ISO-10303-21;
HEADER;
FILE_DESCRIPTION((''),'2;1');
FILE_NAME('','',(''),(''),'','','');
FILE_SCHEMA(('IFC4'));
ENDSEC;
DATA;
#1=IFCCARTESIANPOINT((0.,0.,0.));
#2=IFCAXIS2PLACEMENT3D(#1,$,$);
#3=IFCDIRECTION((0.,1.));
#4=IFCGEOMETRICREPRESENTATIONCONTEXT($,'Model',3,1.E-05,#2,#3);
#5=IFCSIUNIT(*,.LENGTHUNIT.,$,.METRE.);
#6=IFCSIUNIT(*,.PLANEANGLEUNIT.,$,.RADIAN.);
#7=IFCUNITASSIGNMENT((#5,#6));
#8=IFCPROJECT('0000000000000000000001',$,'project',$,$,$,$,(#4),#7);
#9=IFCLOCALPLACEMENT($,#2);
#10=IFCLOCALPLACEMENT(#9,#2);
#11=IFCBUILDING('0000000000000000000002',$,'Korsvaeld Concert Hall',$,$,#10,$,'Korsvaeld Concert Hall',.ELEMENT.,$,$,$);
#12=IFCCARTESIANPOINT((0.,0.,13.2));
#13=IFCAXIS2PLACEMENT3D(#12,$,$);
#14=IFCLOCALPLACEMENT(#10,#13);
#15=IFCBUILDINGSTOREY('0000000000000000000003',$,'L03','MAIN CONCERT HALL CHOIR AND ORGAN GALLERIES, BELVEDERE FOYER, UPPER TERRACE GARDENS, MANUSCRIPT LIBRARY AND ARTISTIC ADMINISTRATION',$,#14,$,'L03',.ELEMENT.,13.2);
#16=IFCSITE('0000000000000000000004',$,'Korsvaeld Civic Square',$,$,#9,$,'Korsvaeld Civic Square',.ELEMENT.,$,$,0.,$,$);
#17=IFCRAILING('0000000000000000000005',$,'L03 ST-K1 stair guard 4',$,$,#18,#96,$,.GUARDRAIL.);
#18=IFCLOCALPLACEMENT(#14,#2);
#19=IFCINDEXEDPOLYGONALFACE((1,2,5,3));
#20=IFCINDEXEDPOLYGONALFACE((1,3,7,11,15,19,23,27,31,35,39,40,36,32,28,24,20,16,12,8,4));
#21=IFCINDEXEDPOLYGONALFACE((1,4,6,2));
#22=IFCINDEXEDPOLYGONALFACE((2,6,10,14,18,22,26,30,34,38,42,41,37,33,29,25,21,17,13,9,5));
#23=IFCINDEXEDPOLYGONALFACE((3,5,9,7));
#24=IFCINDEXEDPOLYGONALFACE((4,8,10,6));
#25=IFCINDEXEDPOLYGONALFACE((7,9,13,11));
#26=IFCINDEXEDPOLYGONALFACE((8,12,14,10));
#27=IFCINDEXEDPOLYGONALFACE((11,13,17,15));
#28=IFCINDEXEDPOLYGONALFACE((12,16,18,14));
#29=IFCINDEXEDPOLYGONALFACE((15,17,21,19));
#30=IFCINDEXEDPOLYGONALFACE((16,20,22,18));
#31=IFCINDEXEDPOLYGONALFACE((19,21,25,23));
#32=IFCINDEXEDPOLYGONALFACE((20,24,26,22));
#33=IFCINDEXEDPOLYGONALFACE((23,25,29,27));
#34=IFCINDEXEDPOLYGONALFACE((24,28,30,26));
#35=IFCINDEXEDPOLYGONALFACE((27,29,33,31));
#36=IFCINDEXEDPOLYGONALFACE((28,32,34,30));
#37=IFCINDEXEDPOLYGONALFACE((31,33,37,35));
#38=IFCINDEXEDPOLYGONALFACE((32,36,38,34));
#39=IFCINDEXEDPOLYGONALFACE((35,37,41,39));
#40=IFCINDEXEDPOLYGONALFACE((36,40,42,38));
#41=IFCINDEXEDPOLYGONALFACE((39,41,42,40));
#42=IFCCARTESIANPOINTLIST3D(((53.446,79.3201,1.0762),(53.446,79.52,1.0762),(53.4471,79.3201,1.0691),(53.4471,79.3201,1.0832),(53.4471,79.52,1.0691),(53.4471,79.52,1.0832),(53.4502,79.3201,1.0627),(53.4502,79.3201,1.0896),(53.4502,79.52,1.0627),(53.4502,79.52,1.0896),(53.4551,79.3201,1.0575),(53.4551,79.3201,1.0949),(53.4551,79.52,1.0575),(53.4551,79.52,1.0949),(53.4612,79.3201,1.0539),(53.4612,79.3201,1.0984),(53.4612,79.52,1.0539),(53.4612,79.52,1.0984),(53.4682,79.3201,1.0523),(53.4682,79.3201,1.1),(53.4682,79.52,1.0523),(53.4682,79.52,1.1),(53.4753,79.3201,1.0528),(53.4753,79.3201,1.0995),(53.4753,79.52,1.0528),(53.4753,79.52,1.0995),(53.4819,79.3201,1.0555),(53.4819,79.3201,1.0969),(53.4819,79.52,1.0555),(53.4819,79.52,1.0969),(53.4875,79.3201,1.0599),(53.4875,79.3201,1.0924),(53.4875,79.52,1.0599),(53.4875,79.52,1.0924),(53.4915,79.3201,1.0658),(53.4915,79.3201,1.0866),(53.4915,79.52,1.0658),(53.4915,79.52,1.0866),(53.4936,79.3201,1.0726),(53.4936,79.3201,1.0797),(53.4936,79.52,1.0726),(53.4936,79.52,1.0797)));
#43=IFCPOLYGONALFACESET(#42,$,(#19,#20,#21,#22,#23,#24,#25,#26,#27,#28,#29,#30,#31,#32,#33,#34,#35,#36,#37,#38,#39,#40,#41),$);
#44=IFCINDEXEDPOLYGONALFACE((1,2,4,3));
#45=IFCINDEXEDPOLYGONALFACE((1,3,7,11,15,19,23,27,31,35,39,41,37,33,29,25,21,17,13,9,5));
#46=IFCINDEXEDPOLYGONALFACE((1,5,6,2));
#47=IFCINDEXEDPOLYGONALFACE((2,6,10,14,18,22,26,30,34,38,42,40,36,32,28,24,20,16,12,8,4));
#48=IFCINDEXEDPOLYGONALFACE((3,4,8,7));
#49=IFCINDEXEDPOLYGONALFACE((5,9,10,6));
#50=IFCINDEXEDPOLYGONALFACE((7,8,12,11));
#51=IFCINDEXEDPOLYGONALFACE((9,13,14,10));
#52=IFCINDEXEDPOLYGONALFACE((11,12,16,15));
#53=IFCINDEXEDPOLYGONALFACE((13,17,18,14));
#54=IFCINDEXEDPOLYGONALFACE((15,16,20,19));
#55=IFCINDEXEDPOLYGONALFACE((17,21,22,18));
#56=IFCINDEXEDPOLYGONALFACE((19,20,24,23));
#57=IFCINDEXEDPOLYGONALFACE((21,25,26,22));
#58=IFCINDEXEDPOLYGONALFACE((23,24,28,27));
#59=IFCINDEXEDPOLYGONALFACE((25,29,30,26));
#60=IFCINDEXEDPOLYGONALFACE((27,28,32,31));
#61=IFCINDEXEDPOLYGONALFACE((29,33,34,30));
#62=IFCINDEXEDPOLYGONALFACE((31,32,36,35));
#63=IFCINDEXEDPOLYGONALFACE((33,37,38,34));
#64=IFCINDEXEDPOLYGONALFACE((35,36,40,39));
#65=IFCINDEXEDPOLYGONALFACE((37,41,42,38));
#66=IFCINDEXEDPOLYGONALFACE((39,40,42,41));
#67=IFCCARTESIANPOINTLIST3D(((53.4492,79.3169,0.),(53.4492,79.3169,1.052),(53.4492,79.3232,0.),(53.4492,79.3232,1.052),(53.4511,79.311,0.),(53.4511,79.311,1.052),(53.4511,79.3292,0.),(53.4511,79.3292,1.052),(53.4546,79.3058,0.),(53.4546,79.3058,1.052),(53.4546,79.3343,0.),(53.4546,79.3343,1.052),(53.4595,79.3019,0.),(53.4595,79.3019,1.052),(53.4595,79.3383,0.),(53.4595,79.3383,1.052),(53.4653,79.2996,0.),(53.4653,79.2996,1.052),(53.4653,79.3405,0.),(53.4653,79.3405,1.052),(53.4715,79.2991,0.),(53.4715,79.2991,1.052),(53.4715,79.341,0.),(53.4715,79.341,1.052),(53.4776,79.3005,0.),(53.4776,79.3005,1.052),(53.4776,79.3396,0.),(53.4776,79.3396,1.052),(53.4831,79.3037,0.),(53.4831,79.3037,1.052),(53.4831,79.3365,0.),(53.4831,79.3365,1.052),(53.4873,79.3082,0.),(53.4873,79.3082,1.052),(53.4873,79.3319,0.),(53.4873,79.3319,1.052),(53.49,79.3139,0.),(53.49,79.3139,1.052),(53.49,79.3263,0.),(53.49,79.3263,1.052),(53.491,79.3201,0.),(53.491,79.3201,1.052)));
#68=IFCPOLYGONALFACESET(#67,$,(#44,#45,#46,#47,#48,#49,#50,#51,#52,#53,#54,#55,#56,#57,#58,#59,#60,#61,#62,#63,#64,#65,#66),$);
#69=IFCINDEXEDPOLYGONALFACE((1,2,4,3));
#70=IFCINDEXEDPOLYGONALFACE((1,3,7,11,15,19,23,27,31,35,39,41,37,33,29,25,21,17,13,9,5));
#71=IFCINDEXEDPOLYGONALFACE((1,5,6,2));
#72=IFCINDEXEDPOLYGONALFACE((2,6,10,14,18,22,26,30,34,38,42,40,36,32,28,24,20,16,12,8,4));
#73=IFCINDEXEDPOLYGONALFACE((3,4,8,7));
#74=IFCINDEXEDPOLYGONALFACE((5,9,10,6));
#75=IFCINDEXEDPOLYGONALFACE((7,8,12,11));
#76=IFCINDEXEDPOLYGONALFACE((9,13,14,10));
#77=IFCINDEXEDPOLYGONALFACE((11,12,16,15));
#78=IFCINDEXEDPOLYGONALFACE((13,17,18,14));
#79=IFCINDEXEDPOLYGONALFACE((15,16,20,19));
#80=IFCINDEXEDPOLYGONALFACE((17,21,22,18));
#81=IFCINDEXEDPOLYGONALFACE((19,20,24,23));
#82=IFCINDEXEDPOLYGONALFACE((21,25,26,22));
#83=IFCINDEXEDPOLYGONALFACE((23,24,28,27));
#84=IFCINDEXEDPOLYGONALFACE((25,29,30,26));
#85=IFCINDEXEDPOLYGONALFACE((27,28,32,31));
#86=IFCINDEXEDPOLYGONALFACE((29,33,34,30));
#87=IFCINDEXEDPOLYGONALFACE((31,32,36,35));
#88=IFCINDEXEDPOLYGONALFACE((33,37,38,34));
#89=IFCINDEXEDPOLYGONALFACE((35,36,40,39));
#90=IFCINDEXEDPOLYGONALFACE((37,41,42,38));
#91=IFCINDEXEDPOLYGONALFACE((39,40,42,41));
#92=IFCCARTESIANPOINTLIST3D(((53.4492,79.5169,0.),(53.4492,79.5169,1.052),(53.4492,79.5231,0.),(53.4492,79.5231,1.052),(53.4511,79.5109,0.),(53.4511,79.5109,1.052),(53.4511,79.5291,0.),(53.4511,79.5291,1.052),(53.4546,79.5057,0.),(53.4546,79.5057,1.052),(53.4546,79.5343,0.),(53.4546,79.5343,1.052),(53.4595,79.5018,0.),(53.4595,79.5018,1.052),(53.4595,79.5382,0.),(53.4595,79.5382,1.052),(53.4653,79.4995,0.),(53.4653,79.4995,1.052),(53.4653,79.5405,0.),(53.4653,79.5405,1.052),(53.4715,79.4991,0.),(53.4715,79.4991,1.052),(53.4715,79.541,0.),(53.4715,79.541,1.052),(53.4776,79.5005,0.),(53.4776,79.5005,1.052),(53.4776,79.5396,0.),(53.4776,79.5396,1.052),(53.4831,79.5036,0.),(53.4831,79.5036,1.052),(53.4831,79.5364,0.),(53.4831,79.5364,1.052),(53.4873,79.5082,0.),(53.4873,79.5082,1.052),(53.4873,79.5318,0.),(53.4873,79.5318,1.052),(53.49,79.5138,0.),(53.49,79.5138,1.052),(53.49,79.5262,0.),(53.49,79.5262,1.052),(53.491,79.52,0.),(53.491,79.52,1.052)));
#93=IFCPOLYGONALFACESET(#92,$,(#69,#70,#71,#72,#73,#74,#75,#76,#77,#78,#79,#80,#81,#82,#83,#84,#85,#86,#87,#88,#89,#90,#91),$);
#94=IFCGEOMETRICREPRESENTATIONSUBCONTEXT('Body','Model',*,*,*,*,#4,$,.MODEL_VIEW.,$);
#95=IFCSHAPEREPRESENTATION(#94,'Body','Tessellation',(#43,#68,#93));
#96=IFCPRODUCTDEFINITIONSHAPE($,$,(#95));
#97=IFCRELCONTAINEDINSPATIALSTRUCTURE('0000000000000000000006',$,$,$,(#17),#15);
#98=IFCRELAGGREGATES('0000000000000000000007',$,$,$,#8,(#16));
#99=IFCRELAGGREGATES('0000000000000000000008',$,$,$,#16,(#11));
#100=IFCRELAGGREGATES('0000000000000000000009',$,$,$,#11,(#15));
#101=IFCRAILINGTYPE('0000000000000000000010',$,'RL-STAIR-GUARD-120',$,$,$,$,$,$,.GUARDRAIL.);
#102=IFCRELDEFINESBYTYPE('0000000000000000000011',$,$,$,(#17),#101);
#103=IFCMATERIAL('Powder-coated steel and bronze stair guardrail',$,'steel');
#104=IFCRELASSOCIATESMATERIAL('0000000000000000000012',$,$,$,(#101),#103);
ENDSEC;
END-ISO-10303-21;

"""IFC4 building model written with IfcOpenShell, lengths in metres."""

from ifc_helpers import new_model, si_unit, direction, frame, origin, origin_2d, place, context, subcontext, project, spatial, circle, extrude, material, type_object, element, save


model = new_model("IFC4")

# Units and contexts
model_context = context("Model", 3, precision=1e-05, world=origin(), true_north=direction((0.0, 1.0)))
body_context = subcontext(model_context, "Body", "Model", "MODEL_VIEW")
ifc_project = project(units=[si_unit("LENGTHUNIT", "METRE"), si_unit("PLANEANGLEUNIT", "RADIAN")], contexts=[model_context])

# Site, building, storey
site_placement = place(None, origin())
site = spatial("IfcSite", under=ifc_project, at=site_placement, Name="Korsvaeld Civic Square", LongName="Korsvaeld Civic Square", CompositionType="ELEMENT", RefElevation=0.0)
building_placement = place(site_placement, origin())
building = spatial("IfcBuilding", under=site, at=building_placement, Name="Korsvaeld Concert Hall", LongName="Korsvaeld Concert Hall", CompositionType="ELEMENT")
storey_placement = place(building_placement, frame((0.0, 0.0, 13.2)))
storey = spatial("IfcBuildingStorey", under=building, at=storey_placement, Name="L03", Description="MAIN CONCERT HALL CHOIR AND ORGAN GALLERIES, BELVEDERE FOYER, UPPER TERRACE GARDENS, MANUSCRIPT LIBRARY AND ARTISTIC ADMINISTRATION", LongName="L03", CompositionType="ELEMENT", Elevation=13.2)

# Railing
ifc_material_1 = material(Name="Powder-coated steel and bronze stair guardrail", Category="steel")
railing_type_1 = type_object("IfcRailingType", Name="RL-STAIR-GUARD-120", PredefinedType="GUARDRAIL", material=ifc_material_1)
railing_1_placement = place(storey_placement, frame((53.47, 79.3201, 0.0)))
element("IfcRailing", 1, at=railing_1_placement, inside=storey, type_object=railing_type_1, Name="L03 ST-K1 stair guard 4", PredefinedType="GUARDRAIL", context=body_context, shape_type="SweptSolid", body=[
    extrude(circle(Radius=0.0239, at=origin_2d()), frame((0.0, 0.0, 1.0762), z_axis=(0.0, 1.0, 0.0), x_axis=(-1.0, 0.0, 0.0)), (0.0, 0.0, 1.0), 0.2),
    extrude(circle(Radius=0.021, at=origin_2d()), origin(), (0.0, 0.0, 1.0), 1.052),
    extrude(circle(Radius=0.021, at=origin_2d()), frame((0.0, 0.2, 0.0)), (0.0, 0.0, 1.0), 1.052),
])

save(model, "model.ifc")
